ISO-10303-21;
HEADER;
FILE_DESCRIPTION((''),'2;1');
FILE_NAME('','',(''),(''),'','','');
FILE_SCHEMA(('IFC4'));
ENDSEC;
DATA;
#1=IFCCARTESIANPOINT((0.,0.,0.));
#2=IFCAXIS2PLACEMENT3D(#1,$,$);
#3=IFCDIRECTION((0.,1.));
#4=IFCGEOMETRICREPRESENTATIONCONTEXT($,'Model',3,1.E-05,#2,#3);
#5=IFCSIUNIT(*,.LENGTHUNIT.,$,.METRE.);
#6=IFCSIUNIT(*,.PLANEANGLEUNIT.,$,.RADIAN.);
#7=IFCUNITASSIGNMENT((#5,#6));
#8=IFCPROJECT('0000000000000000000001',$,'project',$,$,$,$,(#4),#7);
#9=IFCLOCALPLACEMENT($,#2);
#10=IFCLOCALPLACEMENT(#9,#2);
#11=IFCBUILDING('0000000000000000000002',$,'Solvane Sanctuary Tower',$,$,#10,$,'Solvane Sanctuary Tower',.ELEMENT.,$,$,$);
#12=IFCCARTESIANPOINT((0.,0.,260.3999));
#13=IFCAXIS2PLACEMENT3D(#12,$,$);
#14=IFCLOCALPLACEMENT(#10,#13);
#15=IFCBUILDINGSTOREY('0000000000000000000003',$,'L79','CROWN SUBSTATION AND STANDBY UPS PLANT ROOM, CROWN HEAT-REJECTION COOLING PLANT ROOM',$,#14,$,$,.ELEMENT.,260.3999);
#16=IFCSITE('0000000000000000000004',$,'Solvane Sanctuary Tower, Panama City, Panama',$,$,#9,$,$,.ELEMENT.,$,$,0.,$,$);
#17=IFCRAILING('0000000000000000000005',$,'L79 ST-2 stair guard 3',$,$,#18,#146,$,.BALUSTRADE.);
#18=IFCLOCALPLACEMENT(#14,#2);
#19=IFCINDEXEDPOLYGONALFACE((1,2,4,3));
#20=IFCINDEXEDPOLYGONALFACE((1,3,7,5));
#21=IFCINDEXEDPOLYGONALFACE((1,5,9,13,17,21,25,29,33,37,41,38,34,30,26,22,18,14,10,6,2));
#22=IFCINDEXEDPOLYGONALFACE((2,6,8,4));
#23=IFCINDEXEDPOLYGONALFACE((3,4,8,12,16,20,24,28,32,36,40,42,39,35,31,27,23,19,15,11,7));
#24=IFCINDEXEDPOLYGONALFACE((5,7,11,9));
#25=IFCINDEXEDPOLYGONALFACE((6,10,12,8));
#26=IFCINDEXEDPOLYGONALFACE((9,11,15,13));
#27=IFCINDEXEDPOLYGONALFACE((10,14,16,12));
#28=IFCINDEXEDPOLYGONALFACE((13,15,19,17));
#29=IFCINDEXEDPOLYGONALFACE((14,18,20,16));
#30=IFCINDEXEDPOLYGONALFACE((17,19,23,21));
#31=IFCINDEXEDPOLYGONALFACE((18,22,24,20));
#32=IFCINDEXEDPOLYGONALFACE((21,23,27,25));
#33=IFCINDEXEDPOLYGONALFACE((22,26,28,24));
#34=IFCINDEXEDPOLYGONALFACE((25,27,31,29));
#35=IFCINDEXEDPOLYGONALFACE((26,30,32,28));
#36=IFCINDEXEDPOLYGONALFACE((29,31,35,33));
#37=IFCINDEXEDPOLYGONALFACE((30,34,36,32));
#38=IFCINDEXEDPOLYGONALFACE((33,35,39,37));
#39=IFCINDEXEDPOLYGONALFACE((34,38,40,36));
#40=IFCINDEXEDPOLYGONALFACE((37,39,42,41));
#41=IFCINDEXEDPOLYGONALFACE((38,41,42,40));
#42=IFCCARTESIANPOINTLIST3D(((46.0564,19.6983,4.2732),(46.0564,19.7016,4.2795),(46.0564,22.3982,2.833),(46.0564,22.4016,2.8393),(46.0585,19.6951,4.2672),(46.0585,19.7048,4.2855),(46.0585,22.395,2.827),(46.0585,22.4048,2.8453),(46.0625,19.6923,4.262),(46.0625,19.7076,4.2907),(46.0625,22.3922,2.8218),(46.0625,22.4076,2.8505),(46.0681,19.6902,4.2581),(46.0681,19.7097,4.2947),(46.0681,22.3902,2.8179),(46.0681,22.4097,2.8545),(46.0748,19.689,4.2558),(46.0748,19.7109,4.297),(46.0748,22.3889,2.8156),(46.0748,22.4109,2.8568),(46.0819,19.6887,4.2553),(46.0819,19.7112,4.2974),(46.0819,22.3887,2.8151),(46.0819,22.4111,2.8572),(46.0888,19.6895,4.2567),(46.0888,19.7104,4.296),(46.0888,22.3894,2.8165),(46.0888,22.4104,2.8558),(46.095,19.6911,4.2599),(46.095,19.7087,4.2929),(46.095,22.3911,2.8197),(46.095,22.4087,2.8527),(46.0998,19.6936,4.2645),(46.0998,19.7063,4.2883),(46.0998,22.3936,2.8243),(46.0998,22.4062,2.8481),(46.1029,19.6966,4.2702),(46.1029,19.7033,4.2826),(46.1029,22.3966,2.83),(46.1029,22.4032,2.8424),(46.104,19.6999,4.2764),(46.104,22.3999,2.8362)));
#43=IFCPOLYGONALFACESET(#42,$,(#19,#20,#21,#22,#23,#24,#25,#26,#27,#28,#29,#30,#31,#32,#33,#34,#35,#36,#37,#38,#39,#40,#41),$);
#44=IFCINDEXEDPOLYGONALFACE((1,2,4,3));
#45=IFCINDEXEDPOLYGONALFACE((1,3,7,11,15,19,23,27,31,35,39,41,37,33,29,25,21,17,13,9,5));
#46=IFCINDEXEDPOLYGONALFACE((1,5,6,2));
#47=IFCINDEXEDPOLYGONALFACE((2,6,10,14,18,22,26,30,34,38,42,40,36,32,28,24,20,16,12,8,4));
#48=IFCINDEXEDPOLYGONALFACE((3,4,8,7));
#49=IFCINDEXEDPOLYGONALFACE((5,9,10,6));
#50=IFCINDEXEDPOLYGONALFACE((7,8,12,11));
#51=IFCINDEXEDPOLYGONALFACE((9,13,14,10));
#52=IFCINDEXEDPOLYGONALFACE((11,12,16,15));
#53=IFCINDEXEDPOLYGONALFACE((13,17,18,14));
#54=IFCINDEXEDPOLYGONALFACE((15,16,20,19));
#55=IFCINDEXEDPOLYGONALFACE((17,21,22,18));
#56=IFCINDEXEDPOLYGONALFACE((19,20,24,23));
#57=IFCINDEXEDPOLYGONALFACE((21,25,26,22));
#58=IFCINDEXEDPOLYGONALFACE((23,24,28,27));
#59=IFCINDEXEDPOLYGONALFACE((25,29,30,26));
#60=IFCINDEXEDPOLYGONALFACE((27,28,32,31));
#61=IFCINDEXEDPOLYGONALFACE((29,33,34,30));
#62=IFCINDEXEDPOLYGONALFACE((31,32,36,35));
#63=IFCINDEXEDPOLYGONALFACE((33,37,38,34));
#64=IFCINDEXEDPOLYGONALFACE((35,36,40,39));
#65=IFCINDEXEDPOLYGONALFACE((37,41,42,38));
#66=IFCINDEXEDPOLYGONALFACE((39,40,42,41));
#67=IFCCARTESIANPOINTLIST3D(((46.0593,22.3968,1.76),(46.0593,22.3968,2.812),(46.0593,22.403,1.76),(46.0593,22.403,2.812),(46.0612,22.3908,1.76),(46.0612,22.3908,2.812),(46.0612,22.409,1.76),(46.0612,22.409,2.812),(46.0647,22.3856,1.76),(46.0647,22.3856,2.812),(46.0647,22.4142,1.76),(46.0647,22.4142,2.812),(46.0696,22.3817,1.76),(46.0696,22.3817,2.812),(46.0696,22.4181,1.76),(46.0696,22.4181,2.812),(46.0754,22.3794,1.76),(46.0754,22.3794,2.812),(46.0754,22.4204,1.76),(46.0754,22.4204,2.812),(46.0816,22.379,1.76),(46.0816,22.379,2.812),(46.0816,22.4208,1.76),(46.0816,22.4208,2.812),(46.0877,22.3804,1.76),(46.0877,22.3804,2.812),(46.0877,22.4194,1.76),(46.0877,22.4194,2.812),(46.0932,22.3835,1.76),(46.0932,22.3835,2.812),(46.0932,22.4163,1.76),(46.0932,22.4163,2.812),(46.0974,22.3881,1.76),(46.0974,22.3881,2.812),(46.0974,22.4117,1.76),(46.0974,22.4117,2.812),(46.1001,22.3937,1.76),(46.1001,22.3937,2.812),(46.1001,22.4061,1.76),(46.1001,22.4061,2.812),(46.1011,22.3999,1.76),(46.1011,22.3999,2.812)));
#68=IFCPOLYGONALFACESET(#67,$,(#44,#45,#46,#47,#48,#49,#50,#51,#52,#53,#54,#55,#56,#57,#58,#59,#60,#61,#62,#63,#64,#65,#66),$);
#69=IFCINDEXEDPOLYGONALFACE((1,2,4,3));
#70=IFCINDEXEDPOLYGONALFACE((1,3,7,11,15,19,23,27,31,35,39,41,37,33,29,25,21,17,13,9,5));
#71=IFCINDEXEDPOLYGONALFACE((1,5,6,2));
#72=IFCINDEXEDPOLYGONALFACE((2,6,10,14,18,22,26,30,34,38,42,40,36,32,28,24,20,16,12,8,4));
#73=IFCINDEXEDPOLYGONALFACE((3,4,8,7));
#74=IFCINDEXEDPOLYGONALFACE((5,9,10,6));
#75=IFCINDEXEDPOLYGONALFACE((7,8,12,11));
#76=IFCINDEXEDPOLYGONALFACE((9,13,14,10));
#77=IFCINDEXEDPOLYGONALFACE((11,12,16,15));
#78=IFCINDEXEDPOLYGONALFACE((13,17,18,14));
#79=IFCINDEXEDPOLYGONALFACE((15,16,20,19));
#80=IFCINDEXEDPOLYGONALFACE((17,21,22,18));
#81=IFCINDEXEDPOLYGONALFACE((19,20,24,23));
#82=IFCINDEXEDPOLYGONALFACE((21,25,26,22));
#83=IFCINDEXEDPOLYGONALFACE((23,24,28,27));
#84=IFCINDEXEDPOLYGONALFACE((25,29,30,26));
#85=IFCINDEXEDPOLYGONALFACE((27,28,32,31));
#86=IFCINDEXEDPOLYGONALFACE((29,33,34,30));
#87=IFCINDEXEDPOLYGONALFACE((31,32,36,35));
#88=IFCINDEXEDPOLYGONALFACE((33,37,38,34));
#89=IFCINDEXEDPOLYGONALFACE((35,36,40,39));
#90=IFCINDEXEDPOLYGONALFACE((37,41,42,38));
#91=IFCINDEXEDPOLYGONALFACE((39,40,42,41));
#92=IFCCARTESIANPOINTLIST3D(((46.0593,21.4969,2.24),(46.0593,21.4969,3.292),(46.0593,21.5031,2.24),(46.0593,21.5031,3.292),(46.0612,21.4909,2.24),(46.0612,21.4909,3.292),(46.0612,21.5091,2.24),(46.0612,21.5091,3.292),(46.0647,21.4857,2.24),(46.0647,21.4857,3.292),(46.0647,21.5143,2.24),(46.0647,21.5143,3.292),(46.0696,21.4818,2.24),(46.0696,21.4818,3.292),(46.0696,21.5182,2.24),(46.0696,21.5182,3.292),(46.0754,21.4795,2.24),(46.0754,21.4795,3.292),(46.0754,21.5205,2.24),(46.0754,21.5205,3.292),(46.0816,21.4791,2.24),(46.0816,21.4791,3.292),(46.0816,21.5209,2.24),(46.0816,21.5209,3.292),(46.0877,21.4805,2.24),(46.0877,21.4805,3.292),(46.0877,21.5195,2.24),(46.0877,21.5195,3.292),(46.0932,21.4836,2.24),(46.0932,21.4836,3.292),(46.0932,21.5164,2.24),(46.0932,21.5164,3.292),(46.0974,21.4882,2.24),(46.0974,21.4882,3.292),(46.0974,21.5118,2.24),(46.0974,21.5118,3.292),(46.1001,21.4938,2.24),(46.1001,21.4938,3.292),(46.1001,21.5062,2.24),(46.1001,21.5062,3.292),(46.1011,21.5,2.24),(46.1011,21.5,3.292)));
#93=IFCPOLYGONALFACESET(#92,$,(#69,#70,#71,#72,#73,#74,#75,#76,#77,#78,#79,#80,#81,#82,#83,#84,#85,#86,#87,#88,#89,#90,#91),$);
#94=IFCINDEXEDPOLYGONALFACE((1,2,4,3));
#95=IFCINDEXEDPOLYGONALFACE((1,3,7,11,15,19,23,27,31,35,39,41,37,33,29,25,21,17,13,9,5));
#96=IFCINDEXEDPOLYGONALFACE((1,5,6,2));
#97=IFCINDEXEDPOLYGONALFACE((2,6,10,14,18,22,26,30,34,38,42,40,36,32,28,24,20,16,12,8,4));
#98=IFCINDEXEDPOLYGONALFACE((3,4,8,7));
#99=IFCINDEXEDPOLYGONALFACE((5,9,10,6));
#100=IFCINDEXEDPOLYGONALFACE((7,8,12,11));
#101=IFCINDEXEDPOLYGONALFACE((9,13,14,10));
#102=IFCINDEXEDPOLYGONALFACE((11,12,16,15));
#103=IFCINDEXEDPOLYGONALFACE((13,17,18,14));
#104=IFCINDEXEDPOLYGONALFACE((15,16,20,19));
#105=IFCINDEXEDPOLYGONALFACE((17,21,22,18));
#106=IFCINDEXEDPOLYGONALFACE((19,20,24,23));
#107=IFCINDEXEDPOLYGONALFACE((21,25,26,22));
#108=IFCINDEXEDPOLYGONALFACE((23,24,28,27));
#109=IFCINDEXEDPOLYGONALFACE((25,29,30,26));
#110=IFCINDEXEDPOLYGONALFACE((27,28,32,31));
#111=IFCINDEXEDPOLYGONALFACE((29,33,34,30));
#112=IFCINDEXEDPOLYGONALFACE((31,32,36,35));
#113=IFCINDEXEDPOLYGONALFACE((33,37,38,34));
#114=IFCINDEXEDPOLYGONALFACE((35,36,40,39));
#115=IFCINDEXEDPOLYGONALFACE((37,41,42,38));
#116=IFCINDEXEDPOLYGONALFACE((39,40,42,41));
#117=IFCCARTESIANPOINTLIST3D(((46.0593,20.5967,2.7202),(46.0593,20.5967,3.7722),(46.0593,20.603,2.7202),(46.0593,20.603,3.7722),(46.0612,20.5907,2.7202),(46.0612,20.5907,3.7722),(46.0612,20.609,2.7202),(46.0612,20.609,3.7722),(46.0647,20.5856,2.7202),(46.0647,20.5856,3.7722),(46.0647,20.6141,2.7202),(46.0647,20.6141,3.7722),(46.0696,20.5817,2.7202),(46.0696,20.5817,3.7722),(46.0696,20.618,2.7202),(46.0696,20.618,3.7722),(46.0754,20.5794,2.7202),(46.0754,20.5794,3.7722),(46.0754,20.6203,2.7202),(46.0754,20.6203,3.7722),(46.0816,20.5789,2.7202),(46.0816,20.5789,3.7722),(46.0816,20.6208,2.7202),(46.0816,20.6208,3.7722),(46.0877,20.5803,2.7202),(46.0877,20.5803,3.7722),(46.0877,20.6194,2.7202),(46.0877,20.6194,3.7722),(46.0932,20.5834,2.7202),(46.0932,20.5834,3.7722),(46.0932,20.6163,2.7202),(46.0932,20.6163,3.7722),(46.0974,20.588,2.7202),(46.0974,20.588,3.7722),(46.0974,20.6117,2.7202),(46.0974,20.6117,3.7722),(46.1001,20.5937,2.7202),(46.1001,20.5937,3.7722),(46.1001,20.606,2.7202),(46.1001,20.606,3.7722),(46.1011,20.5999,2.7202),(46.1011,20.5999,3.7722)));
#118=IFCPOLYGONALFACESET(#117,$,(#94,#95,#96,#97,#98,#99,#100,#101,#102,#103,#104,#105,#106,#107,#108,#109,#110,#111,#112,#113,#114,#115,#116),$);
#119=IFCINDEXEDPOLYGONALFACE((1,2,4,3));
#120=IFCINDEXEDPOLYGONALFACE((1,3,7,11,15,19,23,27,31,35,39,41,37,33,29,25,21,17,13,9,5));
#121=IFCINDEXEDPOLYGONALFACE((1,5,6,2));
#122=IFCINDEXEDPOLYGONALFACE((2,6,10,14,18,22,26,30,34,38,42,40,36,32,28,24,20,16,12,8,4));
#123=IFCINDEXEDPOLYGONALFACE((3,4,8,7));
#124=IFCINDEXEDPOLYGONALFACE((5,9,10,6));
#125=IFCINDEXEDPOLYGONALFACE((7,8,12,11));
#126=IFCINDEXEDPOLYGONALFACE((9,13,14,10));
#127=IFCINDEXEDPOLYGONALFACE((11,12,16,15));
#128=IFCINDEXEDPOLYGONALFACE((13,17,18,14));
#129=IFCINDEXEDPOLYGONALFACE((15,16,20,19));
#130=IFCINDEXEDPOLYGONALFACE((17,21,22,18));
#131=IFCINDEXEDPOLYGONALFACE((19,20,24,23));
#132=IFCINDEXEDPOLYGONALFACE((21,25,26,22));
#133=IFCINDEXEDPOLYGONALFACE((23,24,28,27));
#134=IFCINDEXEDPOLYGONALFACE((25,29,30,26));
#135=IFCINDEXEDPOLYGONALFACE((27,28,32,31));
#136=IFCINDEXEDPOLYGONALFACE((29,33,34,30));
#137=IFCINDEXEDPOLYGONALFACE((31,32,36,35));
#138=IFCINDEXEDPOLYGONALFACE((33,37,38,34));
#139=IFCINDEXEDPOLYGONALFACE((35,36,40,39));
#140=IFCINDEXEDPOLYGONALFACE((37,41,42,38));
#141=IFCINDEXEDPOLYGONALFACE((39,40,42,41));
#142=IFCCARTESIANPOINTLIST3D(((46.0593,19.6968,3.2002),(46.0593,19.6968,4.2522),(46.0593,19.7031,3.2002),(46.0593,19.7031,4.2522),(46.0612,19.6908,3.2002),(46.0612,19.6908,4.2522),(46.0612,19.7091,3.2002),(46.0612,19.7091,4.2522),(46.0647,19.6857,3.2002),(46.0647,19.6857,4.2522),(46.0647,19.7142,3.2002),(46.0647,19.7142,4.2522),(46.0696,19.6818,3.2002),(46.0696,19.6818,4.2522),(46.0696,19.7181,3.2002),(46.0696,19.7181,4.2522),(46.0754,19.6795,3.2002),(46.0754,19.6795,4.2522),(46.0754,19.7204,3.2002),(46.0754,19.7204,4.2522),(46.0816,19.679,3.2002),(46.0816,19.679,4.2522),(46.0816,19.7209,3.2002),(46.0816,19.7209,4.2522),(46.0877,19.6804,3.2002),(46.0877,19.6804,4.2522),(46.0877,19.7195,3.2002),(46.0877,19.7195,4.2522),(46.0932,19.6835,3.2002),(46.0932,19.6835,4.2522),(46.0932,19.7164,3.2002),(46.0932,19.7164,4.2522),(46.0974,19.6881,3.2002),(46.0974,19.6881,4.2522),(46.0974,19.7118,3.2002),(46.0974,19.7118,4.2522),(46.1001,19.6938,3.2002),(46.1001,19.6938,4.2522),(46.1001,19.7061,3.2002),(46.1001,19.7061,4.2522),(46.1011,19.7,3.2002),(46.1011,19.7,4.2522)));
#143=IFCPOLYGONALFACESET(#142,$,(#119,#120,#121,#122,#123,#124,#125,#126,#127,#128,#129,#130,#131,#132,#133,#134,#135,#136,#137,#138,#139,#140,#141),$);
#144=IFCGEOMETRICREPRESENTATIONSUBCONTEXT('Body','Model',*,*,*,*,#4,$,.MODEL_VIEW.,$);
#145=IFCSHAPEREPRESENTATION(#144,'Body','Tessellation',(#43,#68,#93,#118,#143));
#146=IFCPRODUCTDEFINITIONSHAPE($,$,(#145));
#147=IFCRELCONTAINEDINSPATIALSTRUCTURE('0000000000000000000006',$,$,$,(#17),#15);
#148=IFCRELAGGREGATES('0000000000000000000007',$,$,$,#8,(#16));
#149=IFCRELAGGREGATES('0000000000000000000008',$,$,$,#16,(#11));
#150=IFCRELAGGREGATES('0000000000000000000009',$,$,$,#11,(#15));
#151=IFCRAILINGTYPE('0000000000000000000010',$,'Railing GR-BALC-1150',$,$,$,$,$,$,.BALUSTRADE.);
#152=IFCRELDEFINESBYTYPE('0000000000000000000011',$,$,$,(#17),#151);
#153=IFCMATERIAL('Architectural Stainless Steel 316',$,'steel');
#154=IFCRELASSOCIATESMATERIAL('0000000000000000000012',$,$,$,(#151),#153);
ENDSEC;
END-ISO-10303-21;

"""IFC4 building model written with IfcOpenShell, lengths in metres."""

from ifc_helpers import new_model, si_unit, direction, frame, origin, origin_2d, place, context, subcontext, project, spatial, circle, extrude, material, type_object, element, save


model = new_model("IFC4")

# Units and contexts
model_context = context("Model", 3, precision=1e-05, world=origin(), true_north=direction((0.0, 1.0)))
body_context = subcontext(model_context, "Body", "Model", "MODEL_VIEW")
ifc_project = project(units=[si_unit("LENGTHUNIT", "METRE"), si_unit("PLANEANGLEUNIT", "RADIAN")], contexts=[model_context])

# Site, building, storey
site_placement = place(None, origin())
site = spatial("IfcSite", under=ifc_project, at=site_placement, Name="Solvane Sanctuary Tower, Panama City, Panama", CompositionType="ELEMENT", RefElevation=0.0)
building_placement = place(site_placement, origin())
building = spatial("IfcBuilding", under=site, at=building_placement, Name="Solvane Sanctuary Tower", LongName="Solvane Sanctuary Tower", CompositionType="ELEMENT")
storey_placement = place(building_placement, frame((0.0, 0.0, 260.3999)))
storey = spatial("IfcBuildingStorey", under=building, at=storey_placement, Name="L79", Description="CROWN SUBSTATION AND STANDBY UPS PLANT ROOM, CROWN HEAT-REJECTION COOLING PLANT ROOM", CompositionType="ELEMENT", Elevation=260.3999)

# Shared definitions
ifc_material_1 = material(Name="Architectural Stainless Steel 316", Category="steel")

# Railing
railing_type_1 = type_object("IfcRailingType", Name="Railing GR-BALC-1150", PredefinedType="BALUSTRADE", material=ifc_material_1)
railing_1_placement = place(storey_placement, frame((46.0801, 22.3999, 1.76)))
element("IfcRailing", 1, at=railing_1_placement, inside=storey, type_object=railing_type_1, Name="L79 ST-2 stair guard 3", PredefinedType="BALUSTRADE", context=body_context, shape_type="SweptSolid", body=[
    extrude(circle(Radius=0.0239, at=origin_2d()), frame((0.0, 0.0, 1.0762), z_axis=(0.0, -0.882324, 0.470642), x_axis=(1.0, 0.0, 0.0)), (0.0, 0.0, 1.0), 3.0601),
    extrude(circle(Radius=0.021, at=origin_2d()), origin(), (0.0, 0.0, 1.0), 1.052),
    extrude(circle(Radius=0.021, at=origin_2d()), frame((0.0, -0.8999, 0.48)), (0.0, 0.0, 1.0), 1.052),
    extrude(circle(Radius=0.021, at=origin_2d()), frame((0.0, -1.8, 0.9602)), (0.0, 0.0, 1.0), 1.052),
    extrude(circle(Radius=0.021, at=origin_2d()), frame((0.0, -2.7, 1.4402)), (0.0, 0.0, 1.0), 1.052),
])

save(model, "model.ifc")
